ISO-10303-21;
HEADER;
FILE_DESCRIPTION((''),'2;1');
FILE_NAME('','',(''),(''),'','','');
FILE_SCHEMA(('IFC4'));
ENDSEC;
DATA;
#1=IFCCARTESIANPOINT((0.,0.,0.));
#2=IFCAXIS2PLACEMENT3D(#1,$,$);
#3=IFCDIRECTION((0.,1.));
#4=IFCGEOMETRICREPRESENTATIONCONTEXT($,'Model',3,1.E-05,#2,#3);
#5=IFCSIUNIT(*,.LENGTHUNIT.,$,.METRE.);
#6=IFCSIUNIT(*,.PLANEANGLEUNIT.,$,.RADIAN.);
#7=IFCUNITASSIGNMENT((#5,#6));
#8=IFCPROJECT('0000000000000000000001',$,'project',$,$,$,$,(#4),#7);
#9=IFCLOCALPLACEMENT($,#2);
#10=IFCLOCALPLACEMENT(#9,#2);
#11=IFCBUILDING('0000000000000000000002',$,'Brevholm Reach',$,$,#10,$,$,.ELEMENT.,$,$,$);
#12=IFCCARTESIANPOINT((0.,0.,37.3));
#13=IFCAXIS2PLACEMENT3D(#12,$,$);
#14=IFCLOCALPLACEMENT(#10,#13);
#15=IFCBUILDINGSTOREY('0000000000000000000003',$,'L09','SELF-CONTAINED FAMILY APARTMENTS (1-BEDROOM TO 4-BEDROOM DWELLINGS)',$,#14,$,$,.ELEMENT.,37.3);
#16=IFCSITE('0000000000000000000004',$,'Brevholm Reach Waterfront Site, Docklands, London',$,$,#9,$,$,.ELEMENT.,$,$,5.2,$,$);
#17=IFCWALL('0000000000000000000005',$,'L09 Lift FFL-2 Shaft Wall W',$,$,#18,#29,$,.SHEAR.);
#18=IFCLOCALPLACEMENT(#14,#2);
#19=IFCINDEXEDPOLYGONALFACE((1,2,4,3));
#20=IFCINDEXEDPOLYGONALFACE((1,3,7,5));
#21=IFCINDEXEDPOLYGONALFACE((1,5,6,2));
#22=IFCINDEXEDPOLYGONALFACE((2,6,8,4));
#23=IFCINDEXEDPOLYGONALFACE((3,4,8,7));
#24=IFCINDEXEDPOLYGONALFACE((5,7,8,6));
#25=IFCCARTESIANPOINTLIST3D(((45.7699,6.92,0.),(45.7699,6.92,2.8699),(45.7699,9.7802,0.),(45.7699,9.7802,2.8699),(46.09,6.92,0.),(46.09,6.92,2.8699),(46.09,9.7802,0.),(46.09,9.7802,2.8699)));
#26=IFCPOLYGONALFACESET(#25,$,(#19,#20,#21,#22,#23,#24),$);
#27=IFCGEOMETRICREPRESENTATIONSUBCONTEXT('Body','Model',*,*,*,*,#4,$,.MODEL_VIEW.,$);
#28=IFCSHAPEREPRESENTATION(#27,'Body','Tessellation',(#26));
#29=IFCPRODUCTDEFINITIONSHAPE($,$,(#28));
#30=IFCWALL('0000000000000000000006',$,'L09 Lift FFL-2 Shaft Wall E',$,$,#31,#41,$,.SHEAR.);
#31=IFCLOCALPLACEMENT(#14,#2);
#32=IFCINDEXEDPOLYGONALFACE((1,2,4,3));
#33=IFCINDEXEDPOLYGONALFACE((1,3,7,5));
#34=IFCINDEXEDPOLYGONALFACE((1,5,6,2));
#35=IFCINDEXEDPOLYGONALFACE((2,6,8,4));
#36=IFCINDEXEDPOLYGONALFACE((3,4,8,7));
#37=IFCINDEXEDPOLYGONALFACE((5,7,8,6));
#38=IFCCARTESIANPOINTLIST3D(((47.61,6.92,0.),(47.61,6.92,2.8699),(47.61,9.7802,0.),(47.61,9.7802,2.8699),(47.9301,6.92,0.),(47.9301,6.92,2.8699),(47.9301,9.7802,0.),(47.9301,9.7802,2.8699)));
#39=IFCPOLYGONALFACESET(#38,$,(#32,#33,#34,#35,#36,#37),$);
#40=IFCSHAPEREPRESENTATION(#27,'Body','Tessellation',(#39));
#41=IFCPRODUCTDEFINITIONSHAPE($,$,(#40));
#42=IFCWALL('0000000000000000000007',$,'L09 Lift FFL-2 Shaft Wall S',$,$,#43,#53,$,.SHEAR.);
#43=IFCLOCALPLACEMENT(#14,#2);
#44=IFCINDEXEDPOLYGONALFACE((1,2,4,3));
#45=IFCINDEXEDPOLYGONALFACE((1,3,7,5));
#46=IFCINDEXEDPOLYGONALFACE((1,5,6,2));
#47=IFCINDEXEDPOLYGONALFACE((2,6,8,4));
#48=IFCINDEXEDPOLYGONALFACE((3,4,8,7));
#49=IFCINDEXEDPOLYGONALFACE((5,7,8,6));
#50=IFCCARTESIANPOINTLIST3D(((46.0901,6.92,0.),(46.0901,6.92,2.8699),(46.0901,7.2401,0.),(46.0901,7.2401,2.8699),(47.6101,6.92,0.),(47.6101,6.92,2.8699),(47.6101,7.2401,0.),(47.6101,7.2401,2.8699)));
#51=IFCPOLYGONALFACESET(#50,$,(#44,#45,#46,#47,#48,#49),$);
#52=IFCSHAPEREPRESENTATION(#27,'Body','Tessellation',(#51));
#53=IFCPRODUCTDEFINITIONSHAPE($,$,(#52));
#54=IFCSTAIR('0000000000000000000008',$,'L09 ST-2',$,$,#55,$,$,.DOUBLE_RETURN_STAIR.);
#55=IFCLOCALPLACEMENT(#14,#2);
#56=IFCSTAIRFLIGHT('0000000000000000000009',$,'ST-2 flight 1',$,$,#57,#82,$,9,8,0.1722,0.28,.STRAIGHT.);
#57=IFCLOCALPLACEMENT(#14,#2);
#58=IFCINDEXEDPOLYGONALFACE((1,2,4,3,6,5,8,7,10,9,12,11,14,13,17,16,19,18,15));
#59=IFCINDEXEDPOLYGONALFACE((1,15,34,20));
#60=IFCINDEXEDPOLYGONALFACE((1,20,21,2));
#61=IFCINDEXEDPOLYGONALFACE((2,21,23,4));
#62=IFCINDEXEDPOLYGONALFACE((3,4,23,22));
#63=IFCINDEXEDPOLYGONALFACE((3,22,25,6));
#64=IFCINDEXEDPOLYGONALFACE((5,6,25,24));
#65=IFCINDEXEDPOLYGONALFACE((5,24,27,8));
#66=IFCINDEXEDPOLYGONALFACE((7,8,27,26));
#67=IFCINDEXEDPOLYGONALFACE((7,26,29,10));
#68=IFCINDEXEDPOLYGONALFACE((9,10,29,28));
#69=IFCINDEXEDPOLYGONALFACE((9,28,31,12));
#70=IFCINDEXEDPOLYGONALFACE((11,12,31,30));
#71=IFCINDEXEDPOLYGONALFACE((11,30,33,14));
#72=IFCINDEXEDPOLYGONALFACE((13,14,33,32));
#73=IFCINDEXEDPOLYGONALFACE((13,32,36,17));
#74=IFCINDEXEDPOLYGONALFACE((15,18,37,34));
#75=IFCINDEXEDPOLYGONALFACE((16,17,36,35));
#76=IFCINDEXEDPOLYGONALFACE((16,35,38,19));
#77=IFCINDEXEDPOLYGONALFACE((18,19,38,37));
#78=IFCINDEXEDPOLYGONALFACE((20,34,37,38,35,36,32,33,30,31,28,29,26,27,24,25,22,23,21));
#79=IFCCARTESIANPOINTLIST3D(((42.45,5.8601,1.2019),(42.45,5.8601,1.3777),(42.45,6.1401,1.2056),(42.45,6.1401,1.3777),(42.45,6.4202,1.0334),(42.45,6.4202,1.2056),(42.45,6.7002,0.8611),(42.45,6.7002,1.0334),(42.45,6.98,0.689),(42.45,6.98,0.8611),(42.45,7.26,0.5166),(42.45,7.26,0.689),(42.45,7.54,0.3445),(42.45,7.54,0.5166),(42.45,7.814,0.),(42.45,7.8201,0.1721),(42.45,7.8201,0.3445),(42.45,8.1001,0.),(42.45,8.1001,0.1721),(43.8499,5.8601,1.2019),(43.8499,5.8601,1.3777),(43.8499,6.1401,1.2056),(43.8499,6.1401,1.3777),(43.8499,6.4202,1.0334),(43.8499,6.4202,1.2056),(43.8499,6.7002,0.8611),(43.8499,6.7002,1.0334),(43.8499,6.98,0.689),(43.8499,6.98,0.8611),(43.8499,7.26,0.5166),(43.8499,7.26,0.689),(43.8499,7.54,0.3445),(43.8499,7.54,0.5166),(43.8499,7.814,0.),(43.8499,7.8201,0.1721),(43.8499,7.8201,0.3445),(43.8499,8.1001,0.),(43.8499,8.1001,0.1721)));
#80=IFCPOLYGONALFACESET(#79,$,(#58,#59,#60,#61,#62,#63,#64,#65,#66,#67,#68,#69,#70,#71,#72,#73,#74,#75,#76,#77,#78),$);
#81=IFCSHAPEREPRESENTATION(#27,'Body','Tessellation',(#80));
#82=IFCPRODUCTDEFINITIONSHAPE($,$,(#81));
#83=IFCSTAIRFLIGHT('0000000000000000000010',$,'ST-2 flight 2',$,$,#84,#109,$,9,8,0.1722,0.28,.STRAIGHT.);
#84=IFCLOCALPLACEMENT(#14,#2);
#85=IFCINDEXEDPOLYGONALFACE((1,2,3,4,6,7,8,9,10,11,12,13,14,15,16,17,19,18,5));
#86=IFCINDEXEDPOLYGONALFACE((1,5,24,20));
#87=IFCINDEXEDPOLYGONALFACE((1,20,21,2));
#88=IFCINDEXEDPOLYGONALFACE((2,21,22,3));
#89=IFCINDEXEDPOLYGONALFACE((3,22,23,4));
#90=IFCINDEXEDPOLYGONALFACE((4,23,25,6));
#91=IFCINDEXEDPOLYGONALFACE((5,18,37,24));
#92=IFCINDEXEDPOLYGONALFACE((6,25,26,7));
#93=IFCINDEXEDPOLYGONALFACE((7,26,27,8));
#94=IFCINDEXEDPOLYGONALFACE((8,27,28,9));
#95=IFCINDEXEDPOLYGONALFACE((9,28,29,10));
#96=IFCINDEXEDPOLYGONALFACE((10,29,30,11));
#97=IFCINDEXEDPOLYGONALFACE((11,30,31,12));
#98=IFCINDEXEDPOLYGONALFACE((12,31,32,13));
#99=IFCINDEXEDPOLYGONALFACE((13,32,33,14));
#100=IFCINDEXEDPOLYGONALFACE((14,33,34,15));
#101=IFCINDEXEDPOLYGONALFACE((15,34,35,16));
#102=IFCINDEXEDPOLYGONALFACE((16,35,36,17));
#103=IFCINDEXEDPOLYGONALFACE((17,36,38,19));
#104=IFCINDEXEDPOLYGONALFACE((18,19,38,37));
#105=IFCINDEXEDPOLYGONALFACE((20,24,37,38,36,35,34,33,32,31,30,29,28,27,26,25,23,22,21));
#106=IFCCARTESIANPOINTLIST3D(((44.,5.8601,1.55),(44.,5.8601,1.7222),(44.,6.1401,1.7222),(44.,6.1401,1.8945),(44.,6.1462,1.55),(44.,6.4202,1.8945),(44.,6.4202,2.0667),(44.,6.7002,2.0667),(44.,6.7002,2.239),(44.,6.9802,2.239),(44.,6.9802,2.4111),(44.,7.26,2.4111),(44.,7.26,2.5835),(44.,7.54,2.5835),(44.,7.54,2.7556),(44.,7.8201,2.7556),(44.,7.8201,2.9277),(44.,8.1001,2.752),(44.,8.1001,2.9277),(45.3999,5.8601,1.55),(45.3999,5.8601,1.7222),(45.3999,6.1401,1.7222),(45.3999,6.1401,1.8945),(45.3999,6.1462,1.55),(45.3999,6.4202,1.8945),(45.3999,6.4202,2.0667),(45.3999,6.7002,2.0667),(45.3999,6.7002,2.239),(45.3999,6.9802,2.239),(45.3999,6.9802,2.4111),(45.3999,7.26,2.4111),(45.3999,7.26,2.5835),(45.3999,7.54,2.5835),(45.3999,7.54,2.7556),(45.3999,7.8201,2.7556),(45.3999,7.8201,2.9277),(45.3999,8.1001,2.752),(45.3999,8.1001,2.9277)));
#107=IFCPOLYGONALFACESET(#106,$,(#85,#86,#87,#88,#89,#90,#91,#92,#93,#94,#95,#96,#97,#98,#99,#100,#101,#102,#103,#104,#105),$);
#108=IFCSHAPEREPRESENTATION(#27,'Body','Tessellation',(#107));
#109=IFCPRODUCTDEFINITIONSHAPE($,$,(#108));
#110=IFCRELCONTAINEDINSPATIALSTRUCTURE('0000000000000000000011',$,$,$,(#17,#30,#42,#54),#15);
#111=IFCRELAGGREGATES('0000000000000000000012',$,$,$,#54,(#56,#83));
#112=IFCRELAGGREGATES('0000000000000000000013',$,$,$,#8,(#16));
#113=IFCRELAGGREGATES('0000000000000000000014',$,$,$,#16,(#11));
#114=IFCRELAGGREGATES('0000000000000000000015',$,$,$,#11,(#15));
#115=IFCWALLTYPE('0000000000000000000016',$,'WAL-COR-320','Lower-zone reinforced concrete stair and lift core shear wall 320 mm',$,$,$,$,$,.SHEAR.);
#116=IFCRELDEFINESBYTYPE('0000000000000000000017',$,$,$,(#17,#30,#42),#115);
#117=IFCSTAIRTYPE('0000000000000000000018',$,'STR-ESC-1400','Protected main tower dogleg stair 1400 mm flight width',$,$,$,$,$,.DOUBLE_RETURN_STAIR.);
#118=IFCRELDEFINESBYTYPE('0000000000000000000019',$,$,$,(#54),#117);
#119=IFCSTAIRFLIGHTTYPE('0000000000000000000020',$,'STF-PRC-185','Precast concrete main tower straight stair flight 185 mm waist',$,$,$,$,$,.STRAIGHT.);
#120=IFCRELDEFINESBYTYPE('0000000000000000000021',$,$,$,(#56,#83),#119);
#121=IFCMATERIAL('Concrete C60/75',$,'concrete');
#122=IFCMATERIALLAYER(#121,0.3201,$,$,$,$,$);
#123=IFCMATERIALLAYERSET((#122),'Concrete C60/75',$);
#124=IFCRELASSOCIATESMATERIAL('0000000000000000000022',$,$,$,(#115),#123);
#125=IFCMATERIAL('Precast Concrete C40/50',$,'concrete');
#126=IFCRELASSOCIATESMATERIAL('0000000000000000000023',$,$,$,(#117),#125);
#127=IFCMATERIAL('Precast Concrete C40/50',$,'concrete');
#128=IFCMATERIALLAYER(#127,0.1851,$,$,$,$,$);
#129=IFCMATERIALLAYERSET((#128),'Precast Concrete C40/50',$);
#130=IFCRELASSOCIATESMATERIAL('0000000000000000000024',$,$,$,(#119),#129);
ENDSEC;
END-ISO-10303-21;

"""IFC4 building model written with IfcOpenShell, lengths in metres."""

from ifc_helpers import new_model, si_unit, direction, frame, frame_2d, origin, place, context, subcontext, project, spatial, polyline, rectangle, outline, extrude, material, layer, layer_set, type_object, element, aggregate, save


model = new_model("IFC4")

# Units and contexts
model_context = context("Model", 3, precision=1e-05, world=origin(), true_north=direction((0.0, 1.0)))
body_context = subcontext(model_context, "Body", "Model", "MODEL_VIEW")
ifc_project = project(units=[si_unit("LENGTHUNIT", "METRE"), si_unit("PLANEANGLEUNIT", "RADIAN")], contexts=[model_context])

# Site, building, storey
site_placement = place(None, origin())
site = spatial("IfcSite", under=ifc_project, at=site_placement, Name="Brevholm Reach Waterfront Site, Docklands, London", CompositionType="ELEMENT", RefElevation=5.2)
building_placement = place(site_placement, origin())
building = spatial("IfcBuilding", under=site, at=building_placement, Name="Brevholm Reach", CompositionType="ELEMENT")
storey_placement = place(building_placement, frame((0.0, 0.0, 37.3)))
storey = spatial("IfcBuildingStorey", under=building, at=storey_placement, Name="L09", Description="SELF-CONTAINED FAMILY APARTMENTS (1-BEDROOM TO 4-BEDROOM DWELLINGS)", CompositionType="ELEMENT", Elevation=37.3)

# Walls
ifc_material_1 = material(Name="Concrete C60/75", Category="concrete")
ifc_layer_1 = layer(ifc_material_1, 0.3201)
ifc_layer_set_1 = layer_set([ifc_layer_1], Name="Concrete C60/75")
wall_type = type_object("IfcWallType", Name="WAL-COR-320", Description="Lower-zone reinforced concrete stair and lift core shear wall 320 mm", PredefinedType="SHEAR", material=ifc_layer_set_1)
for number, where, z_axis, x_axis, name in (
    (1, (45.9299, 6.9199, 0.0), (0.0, 0.0, 1.0), (0.0, 1.0, 0.0), "L09 Lift FFL-2 Shaft Wall W"),
    (2, (47.77, 6.9199, 0.0), (0.0, 0.0, 1.0), (0.0, 1.0, 0.0), "L09 Lift FFL-2 Shaft Wall E"),
):
    element("IfcWall", number, at=place(storey_placement, frame(where, z_axis=z_axis, x_axis=x_axis)), inside=storey, type_object=wall_type, Name=name, PredefinedType="SHEAR", context=body_context, shape_type="SweptSolid", body=[
        extrude(rectangle(XDim=2.8601, YDim=0.3201, at=frame_2d((1.4302, 0.0))), origin(), (0.0, 0.0, 1.0), 2.8699),
    ])
wall_1_placement = place(storey_placement, frame((46.0901, 7.0801, 0.0), z_axis=(0.0, 0.0, 1.0), x_axis=(1.0, 0.0, 0.0)))
element("IfcWall", 3, at=wall_1_placement, inside=storey, type_object=wall_type, Name="L09 Lift FFL-2 Shaft Wall S", PredefinedType="SHEAR", context=body_context, shape_type="SweptSolid", body=[
    extrude(rectangle(XDim=1.52, YDim=0.3201, at=frame_2d((0.76, 0.0))), origin(), (0.0, 0.0, 1.0), 2.8699),
])

# Stair, stair flights
ifc_material_2 = material(Name="Precast Concrete C40/50", Category="concrete")
stair_type = type_object("IfcStairType", Name="STR-ESC-1400", Description="Protected main tower dogleg stair 1400 mm flight width", PredefinedType="DOUBLE_RETURN_STAIR", material=ifc_material_2)
stair_placement = place(storey_placement, origin())
stair = element("IfcStair", 4, at=stair_placement, inside=storey, type_object=stair_type, Name="L09 ST-2", PredefinedType="DOUBLE_RETURN_STAIR")
ifc_material_3 = material(Name="Precast Concrete C40/50", Category="concrete")
ifc_layer_2 = layer(ifc_material_3, 0.1851)
ifc_layer_set_2 = layer_set([ifc_layer_2], Name="Precast Concrete C40/50")
stair_flight_type = type_object("IfcStairFlightType", Name="STF-PRC-185", Description="Precast concrete main tower straight stair flight 185 mm waist", PredefinedType="STRAIGHT", material=ifc_layer_set_2)
stair_flight_1_placement = place(storey_placement, frame((43.1499, 8.1001, 0.0), z_axis=(0.0, 0.0, 1.0), x_axis=(0.0, -1.0, 0.0)))
stair_flight_1 = element("IfcStairFlight", 5, at=stair_flight_1_placement, type_object=stair_flight_type, Name="ST-2 flight 1", NumberOfRisers=9, NumberOfTreads=8, PredefinedType="STRAIGHT", RiserHeight=0.1722, TreadLength=0.28, context=body_context, shape_type="SweptSolid", body=[
    extrude(outline(polyline([(0.0, 0.0), (0.0, 0.1721), (0.28, 0.1721), (0.28, 0.3445), (0.5601, 0.3445), (0.5601, 0.5166), (0.8401, 0.5166), (0.8401, 0.689), (1.1201, 0.689), (1.1201, 0.8611), (1.3999, 0.8611), (1.3999, 1.0334), (1.6799, 1.0334), (1.6799, 1.2056), (1.96, 1.2056), (1.96, 1.3777), (2.24, 1.3777), (2.24, 1.55), (2.24, 1.2019), (0.2861, 0.0), (0.0, 0.0)])), frame((0.0, 0.7, 0.0), z_axis=(0.0, -1.0, 0.0), x_axis=(1.0, 0.0, 0.0)), (0.0, 0.0, 1.0), 1.3999),
])
stair_flight_2_placement = place(storey_placement, frame((44.7, 5.8601, 1.55), z_axis=(0.0, 0.0, 1.0), x_axis=(0.0, 1.0, 0.0)))
stair_flight_2 = element("IfcStairFlight", 6, at=stair_flight_2_placement, type_object=stair_flight_type, Name="ST-2 flight 2", NumberOfRisers=9, NumberOfTreads=8, PredefinedType="STRAIGHT", RiserHeight=0.1722, TreadLength=0.28, context=body_context, shape_type="SweptSolid", body=[
    extrude(outline(polyline([(0.0, 0.0), (0.0, 0.1721), (0.28, 0.1721), (0.28, 0.3445), (0.5601, 0.3445), (0.5601, 0.5166), (0.8401, 0.5166), (0.8401, 0.689), (1.1201, 0.689), (1.1201, 0.8611), (1.3999, 0.8611), (1.3999, 1.0334), (1.6799, 1.0334), (1.6799, 1.2056), (1.96, 1.2056), (1.96, 1.3777), (2.24, 1.3777), (2.24, 1.55), (2.24, 1.2019), (0.2861, 0.0), (0.0, 0.0)])), frame((0.0, 0.7, 0.0), z_axis=(0.0, -1.0, 0.0), x_axis=(1.0, 0.0, 0.0)), (0.0, 0.0, 1.0), 1.3999),
])
aggregate(stair, [stair_flight_1, stair_flight_2])

save(model, "model.ifc")
